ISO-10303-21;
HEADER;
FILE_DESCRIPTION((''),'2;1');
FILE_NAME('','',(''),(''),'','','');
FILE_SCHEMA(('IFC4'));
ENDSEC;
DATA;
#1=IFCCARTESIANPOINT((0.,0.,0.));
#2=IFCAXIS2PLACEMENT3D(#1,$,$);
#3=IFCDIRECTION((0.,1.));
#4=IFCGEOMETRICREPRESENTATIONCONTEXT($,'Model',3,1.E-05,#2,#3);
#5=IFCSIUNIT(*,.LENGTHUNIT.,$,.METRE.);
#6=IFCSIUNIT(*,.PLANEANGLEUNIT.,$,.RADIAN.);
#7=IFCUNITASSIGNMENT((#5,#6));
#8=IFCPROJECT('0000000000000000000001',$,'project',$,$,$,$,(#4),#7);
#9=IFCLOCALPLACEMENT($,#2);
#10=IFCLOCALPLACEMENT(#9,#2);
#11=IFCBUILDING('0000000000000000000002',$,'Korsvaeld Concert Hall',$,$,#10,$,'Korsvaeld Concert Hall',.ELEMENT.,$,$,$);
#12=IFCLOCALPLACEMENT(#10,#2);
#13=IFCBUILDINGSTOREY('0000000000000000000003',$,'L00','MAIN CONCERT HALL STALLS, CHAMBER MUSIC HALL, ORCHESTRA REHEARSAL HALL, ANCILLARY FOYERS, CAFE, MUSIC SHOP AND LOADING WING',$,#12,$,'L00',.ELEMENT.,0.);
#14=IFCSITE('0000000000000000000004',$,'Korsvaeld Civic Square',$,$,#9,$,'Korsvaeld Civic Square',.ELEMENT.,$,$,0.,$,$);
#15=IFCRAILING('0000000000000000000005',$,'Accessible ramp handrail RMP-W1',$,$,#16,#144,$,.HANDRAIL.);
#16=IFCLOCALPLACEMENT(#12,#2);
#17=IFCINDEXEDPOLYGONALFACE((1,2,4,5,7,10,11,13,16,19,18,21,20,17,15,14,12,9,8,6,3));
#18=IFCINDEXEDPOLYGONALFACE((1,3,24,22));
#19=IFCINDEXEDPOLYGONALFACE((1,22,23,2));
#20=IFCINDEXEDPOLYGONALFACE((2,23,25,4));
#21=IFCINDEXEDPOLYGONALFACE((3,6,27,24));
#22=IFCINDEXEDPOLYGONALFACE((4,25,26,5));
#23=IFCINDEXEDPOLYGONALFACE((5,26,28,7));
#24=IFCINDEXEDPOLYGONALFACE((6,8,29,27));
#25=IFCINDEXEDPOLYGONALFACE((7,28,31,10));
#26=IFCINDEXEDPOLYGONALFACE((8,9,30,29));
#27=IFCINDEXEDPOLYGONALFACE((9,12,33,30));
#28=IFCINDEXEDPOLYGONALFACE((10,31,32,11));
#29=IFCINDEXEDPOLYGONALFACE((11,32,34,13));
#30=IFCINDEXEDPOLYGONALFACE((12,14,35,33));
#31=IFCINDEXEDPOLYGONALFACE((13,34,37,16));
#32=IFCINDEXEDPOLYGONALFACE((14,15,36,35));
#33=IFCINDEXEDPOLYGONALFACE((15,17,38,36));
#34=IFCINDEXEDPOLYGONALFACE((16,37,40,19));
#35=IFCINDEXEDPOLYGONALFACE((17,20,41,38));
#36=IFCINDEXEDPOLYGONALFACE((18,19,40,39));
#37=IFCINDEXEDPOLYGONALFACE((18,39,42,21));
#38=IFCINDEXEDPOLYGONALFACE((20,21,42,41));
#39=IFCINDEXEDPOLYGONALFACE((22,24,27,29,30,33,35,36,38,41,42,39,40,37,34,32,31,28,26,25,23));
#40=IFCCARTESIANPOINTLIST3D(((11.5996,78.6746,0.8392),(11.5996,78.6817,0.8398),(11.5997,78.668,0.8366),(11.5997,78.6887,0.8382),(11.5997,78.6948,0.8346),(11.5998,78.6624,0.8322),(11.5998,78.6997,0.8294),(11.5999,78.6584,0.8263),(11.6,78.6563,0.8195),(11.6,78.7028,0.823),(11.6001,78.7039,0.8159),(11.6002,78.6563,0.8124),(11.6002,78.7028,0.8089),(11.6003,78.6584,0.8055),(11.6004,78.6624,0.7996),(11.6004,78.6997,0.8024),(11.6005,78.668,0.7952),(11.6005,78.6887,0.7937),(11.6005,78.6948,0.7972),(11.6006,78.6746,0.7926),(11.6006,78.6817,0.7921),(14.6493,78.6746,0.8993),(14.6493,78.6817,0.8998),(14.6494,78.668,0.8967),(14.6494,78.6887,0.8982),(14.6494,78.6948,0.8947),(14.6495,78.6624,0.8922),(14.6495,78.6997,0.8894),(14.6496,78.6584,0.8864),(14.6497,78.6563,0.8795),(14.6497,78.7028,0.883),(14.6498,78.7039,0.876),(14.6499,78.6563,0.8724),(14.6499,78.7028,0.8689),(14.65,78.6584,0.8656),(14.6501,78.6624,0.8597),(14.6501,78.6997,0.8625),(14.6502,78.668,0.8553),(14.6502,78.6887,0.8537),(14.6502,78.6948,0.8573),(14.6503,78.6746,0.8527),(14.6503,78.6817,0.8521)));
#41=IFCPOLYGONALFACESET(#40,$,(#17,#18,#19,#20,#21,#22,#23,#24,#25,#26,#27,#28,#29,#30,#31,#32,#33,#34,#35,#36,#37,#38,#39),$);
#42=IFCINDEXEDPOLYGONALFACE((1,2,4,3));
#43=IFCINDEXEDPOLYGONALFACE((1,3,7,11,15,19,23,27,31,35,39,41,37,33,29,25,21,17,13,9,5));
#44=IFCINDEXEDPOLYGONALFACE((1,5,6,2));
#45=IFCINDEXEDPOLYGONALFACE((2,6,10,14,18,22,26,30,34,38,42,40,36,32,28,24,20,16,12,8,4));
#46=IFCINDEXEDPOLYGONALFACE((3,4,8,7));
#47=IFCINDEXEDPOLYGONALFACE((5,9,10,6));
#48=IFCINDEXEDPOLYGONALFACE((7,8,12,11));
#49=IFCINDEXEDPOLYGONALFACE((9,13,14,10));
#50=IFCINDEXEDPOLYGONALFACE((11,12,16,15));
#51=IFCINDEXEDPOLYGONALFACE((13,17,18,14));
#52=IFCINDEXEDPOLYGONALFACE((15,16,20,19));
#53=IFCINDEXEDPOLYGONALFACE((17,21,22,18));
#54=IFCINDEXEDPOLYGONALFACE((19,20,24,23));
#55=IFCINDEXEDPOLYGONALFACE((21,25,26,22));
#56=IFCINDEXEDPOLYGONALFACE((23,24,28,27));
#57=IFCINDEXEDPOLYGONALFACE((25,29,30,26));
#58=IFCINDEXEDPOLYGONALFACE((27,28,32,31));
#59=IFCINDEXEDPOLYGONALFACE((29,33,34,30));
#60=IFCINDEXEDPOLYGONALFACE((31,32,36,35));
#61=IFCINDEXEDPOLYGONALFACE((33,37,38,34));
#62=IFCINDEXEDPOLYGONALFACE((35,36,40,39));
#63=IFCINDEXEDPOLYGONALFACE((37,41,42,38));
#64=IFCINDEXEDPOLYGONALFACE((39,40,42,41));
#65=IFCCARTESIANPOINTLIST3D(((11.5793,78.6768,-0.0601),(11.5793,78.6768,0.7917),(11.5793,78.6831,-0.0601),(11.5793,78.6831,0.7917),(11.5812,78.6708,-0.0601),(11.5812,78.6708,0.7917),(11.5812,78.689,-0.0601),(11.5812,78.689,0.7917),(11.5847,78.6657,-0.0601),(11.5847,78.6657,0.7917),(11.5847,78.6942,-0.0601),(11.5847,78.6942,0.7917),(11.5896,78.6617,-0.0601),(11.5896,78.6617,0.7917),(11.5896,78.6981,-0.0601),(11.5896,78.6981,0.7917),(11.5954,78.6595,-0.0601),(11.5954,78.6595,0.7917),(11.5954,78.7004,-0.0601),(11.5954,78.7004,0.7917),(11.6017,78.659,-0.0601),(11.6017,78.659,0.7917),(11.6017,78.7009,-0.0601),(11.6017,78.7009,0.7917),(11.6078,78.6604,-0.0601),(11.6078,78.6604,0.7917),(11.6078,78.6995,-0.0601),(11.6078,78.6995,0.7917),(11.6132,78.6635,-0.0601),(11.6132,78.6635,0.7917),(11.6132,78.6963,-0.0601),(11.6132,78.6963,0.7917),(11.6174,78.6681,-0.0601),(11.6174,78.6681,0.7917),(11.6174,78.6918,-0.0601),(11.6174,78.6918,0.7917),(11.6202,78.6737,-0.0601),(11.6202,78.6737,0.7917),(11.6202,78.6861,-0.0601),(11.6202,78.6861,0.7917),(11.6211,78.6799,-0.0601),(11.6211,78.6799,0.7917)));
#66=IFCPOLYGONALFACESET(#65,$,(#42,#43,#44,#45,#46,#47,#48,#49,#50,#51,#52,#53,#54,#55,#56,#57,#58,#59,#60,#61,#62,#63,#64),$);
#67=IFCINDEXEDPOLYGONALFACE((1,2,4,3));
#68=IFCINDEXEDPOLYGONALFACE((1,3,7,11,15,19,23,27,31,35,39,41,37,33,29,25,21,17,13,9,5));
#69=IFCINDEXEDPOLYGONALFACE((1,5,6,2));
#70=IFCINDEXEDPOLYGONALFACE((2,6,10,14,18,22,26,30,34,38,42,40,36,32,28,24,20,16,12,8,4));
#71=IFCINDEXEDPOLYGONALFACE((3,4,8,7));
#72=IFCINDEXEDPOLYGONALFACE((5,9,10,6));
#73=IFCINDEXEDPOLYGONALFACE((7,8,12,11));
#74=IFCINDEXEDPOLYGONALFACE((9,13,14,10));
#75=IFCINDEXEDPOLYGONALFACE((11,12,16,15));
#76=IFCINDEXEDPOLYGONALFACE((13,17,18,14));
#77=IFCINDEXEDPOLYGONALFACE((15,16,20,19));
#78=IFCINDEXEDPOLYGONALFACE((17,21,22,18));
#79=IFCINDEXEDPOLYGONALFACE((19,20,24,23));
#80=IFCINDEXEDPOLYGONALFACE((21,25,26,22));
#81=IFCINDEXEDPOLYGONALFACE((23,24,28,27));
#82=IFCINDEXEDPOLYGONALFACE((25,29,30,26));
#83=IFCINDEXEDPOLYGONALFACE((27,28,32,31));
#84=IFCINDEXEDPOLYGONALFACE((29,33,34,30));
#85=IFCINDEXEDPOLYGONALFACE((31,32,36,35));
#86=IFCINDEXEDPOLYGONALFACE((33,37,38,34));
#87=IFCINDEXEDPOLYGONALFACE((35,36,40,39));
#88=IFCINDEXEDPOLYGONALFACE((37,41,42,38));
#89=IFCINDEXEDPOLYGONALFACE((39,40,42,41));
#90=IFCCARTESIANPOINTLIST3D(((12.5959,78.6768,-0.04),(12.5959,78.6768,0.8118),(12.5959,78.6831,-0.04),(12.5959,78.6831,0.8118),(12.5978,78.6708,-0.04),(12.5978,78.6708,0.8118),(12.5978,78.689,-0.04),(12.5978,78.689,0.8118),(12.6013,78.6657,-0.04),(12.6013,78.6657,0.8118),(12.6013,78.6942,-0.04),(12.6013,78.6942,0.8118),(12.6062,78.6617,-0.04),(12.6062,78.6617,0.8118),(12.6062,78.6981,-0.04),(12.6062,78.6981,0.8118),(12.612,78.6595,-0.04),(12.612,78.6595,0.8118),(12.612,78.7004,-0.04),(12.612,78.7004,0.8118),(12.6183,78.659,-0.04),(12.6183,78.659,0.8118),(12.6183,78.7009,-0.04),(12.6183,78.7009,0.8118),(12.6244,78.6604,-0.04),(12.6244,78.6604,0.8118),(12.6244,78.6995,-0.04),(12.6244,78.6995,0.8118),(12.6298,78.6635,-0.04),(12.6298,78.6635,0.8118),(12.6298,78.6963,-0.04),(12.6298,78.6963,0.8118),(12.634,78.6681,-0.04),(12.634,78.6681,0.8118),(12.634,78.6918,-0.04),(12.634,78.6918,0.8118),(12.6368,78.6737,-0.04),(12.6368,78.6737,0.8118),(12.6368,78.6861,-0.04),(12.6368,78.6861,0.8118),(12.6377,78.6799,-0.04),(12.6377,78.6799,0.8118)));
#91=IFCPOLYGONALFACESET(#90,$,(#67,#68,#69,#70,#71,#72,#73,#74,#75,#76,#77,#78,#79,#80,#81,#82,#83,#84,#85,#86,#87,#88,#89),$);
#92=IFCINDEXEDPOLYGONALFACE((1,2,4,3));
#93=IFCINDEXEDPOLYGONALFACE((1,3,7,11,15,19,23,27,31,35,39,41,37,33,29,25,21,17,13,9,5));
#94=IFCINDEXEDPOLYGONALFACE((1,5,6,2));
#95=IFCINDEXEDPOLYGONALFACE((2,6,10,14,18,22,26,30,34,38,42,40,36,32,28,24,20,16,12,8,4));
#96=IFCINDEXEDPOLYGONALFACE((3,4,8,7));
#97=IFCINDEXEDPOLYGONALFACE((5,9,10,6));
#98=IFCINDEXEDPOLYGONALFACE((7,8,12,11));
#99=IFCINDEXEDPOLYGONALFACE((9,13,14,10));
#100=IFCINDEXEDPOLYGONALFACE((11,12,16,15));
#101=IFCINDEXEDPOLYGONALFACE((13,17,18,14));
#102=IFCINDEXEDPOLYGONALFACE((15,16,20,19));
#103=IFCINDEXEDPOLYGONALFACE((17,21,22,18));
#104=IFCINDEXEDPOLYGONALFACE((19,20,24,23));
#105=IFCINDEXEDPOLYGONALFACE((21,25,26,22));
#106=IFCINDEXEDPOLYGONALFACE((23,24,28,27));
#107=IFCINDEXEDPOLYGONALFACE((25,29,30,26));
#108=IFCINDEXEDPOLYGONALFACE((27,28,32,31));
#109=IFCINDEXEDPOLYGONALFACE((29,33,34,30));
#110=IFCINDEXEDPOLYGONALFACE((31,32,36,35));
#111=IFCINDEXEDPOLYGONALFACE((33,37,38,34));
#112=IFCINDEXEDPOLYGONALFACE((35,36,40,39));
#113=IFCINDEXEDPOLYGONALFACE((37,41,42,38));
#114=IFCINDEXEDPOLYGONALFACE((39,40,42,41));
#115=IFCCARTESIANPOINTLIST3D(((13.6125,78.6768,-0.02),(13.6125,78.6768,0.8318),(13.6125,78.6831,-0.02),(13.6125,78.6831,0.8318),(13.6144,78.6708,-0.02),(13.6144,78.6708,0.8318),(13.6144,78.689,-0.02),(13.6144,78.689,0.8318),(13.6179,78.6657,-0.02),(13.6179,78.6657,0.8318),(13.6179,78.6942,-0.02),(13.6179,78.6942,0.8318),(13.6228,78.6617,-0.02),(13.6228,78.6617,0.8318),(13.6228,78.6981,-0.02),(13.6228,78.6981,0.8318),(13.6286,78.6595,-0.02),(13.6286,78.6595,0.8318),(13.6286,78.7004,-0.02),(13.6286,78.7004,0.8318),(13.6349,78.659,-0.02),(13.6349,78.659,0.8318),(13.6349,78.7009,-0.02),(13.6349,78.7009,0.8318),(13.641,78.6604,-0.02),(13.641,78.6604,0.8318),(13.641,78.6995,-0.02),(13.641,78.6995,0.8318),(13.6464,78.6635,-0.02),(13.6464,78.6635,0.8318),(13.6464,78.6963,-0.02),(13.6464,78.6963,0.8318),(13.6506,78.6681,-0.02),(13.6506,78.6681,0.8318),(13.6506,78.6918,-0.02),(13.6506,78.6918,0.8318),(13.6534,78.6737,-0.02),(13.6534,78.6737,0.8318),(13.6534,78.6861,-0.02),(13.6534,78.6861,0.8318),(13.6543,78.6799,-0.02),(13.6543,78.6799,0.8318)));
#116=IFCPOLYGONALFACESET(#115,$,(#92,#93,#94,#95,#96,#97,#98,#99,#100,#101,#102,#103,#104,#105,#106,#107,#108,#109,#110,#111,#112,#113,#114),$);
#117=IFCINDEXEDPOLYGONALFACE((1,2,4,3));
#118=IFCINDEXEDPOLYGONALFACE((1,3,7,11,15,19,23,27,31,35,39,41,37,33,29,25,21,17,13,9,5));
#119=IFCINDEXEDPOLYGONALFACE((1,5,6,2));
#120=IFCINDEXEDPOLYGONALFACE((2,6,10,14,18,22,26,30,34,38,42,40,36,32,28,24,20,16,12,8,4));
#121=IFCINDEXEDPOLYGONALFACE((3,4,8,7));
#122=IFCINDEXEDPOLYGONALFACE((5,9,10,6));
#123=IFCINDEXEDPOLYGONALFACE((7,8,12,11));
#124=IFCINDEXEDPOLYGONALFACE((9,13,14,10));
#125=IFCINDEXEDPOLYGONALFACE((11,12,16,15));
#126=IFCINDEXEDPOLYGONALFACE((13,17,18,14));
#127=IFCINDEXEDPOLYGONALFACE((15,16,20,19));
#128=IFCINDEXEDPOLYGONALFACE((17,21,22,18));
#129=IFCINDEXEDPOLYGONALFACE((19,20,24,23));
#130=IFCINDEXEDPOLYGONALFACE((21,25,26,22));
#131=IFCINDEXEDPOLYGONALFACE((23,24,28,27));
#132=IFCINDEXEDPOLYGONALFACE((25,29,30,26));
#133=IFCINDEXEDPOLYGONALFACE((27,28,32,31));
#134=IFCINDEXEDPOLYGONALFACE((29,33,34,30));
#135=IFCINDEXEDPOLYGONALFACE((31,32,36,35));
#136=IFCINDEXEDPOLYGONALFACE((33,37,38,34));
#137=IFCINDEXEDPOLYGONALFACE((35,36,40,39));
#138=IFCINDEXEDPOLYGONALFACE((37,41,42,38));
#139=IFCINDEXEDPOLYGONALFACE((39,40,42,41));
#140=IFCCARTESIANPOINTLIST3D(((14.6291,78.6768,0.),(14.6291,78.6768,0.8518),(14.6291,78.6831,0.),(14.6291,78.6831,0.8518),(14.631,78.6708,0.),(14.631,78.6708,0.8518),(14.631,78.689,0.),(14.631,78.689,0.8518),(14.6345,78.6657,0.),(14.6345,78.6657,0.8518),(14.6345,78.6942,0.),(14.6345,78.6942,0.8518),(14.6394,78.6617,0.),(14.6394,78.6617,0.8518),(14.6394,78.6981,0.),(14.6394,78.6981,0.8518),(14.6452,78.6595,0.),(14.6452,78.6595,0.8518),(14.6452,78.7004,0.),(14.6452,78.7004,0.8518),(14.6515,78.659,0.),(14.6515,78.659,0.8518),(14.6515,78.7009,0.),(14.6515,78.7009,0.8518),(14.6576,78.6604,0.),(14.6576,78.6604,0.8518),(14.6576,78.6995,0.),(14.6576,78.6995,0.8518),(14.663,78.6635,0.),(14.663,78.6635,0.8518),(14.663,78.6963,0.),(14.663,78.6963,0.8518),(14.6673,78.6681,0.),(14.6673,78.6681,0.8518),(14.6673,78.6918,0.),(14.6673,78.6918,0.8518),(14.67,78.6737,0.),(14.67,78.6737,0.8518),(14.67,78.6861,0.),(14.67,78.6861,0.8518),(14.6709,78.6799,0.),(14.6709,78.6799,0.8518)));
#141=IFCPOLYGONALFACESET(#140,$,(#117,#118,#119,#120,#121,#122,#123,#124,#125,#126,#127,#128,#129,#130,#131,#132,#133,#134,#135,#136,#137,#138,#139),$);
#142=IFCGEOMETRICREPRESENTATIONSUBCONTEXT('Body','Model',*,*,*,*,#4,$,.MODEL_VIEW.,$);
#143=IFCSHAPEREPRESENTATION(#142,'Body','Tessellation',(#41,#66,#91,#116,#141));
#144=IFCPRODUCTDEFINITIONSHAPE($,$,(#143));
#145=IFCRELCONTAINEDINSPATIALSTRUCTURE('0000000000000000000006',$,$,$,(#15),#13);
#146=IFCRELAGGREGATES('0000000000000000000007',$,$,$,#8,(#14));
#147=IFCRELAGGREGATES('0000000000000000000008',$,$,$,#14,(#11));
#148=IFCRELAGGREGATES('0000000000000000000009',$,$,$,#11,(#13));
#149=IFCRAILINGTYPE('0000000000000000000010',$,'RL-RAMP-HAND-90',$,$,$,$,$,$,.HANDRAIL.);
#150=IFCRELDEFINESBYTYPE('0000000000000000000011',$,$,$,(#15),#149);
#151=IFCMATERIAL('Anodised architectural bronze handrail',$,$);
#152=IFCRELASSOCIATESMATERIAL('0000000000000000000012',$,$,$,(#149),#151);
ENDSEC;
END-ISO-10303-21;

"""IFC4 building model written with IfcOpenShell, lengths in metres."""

from ifc_helpers import new_model, si_unit, direction, frame, origin, origin_2d, place, context, subcontext, project, spatial, circle, extrude, material, type_object, element, save


model = new_model("IFC4")

# Units and contexts
model_context = context("Model", 3, precision=1e-05, world=origin(), true_north=direction((0.0, 1.0)))
body_context = subcontext(model_context, "Body", "Model", "MODEL_VIEW")
ifc_project = project(units=[si_unit("LENGTHUNIT", "METRE"), si_unit("PLANEANGLEUNIT", "RADIAN")], contexts=[model_context])

# Site, building, storey
site_placement = place(None, origin())
site = spatial("IfcSite", under=ifc_project, at=site_placement, Name="Korsvaeld Civic Square", LongName="Korsvaeld Civic Square", CompositionType="ELEMENT", RefElevation=0.0)
building_placement = place(site_placement, origin())
building = spatial("IfcBuilding", under=site, at=building_placement, Name="Korsvaeld Concert Hall", LongName="Korsvaeld Concert Hall", CompositionType="ELEMENT")
storey_placement = place(building_placement, origin())
storey = spatial("IfcBuildingStorey", under=building, at=storey_placement, Name="L00", Description="MAIN CONCERT HALL STALLS, CHAMBER MUSIC HALL, ORCHESTRA REHEARSAL HALL, ANCILLARY FOYERS, CAFE, MUSIC SHOP AND LOADING WING", LongName="L00", CompositionType="ELEMENT", Elevation=0.0)

# Railing
ifc_material_1 = material(Name="Anodised architectural bronze handrail")
railing_type = type_object("IfcRailingType", Name="RL-RAMP-HAND-90", PredefinedType="HANDRAIL", material=ifc_material_1)
railing_placement = place(storey_placement, frame((11.6001, 78.6799, -0.0601)))
element("IfcRailing", 1, at=railing_placement, inside=storey, type_object=railing_type, Name="Accessible ramp handrail RMP-W1", PredefinedType="HANDRAIL", context=body_context, shape_type="SweptSolid", body=[
    extrude(circle(Radius=0.0239, at=origin_2d()), frame((0.0, 0.0, 0.876), z_axis=(0.999806, 0.0, 0.019689), x_axis=(0.0, 1.0, 0.0)), (0.0, 0.0, 1.0), 3.0503),
    extrude(circle(Radius=0.021, at=origin_2d()), origin(), (0.0, 0.0, 1.0), 0.8518),
    extrude(circle(Radius=0.021, at=origin_2d()), frame((1.0166, 0.0, 0.02)), (0.0, 0.0, 1.0), 0.8518),
    extrude(circle(Radius=0.021, at=origin_2d()), frame((2.0332, 0.0, 0.04)), (0.0, 0.0, 1.0), 0.8518),
    extrude(circle(Radius=0.021, at=origin_2d()), frame((3.0498, 0.0, 0.0601)), (0.0, 0.0, 1.0), 0.8518),
])

save(model, "model.ifc")
